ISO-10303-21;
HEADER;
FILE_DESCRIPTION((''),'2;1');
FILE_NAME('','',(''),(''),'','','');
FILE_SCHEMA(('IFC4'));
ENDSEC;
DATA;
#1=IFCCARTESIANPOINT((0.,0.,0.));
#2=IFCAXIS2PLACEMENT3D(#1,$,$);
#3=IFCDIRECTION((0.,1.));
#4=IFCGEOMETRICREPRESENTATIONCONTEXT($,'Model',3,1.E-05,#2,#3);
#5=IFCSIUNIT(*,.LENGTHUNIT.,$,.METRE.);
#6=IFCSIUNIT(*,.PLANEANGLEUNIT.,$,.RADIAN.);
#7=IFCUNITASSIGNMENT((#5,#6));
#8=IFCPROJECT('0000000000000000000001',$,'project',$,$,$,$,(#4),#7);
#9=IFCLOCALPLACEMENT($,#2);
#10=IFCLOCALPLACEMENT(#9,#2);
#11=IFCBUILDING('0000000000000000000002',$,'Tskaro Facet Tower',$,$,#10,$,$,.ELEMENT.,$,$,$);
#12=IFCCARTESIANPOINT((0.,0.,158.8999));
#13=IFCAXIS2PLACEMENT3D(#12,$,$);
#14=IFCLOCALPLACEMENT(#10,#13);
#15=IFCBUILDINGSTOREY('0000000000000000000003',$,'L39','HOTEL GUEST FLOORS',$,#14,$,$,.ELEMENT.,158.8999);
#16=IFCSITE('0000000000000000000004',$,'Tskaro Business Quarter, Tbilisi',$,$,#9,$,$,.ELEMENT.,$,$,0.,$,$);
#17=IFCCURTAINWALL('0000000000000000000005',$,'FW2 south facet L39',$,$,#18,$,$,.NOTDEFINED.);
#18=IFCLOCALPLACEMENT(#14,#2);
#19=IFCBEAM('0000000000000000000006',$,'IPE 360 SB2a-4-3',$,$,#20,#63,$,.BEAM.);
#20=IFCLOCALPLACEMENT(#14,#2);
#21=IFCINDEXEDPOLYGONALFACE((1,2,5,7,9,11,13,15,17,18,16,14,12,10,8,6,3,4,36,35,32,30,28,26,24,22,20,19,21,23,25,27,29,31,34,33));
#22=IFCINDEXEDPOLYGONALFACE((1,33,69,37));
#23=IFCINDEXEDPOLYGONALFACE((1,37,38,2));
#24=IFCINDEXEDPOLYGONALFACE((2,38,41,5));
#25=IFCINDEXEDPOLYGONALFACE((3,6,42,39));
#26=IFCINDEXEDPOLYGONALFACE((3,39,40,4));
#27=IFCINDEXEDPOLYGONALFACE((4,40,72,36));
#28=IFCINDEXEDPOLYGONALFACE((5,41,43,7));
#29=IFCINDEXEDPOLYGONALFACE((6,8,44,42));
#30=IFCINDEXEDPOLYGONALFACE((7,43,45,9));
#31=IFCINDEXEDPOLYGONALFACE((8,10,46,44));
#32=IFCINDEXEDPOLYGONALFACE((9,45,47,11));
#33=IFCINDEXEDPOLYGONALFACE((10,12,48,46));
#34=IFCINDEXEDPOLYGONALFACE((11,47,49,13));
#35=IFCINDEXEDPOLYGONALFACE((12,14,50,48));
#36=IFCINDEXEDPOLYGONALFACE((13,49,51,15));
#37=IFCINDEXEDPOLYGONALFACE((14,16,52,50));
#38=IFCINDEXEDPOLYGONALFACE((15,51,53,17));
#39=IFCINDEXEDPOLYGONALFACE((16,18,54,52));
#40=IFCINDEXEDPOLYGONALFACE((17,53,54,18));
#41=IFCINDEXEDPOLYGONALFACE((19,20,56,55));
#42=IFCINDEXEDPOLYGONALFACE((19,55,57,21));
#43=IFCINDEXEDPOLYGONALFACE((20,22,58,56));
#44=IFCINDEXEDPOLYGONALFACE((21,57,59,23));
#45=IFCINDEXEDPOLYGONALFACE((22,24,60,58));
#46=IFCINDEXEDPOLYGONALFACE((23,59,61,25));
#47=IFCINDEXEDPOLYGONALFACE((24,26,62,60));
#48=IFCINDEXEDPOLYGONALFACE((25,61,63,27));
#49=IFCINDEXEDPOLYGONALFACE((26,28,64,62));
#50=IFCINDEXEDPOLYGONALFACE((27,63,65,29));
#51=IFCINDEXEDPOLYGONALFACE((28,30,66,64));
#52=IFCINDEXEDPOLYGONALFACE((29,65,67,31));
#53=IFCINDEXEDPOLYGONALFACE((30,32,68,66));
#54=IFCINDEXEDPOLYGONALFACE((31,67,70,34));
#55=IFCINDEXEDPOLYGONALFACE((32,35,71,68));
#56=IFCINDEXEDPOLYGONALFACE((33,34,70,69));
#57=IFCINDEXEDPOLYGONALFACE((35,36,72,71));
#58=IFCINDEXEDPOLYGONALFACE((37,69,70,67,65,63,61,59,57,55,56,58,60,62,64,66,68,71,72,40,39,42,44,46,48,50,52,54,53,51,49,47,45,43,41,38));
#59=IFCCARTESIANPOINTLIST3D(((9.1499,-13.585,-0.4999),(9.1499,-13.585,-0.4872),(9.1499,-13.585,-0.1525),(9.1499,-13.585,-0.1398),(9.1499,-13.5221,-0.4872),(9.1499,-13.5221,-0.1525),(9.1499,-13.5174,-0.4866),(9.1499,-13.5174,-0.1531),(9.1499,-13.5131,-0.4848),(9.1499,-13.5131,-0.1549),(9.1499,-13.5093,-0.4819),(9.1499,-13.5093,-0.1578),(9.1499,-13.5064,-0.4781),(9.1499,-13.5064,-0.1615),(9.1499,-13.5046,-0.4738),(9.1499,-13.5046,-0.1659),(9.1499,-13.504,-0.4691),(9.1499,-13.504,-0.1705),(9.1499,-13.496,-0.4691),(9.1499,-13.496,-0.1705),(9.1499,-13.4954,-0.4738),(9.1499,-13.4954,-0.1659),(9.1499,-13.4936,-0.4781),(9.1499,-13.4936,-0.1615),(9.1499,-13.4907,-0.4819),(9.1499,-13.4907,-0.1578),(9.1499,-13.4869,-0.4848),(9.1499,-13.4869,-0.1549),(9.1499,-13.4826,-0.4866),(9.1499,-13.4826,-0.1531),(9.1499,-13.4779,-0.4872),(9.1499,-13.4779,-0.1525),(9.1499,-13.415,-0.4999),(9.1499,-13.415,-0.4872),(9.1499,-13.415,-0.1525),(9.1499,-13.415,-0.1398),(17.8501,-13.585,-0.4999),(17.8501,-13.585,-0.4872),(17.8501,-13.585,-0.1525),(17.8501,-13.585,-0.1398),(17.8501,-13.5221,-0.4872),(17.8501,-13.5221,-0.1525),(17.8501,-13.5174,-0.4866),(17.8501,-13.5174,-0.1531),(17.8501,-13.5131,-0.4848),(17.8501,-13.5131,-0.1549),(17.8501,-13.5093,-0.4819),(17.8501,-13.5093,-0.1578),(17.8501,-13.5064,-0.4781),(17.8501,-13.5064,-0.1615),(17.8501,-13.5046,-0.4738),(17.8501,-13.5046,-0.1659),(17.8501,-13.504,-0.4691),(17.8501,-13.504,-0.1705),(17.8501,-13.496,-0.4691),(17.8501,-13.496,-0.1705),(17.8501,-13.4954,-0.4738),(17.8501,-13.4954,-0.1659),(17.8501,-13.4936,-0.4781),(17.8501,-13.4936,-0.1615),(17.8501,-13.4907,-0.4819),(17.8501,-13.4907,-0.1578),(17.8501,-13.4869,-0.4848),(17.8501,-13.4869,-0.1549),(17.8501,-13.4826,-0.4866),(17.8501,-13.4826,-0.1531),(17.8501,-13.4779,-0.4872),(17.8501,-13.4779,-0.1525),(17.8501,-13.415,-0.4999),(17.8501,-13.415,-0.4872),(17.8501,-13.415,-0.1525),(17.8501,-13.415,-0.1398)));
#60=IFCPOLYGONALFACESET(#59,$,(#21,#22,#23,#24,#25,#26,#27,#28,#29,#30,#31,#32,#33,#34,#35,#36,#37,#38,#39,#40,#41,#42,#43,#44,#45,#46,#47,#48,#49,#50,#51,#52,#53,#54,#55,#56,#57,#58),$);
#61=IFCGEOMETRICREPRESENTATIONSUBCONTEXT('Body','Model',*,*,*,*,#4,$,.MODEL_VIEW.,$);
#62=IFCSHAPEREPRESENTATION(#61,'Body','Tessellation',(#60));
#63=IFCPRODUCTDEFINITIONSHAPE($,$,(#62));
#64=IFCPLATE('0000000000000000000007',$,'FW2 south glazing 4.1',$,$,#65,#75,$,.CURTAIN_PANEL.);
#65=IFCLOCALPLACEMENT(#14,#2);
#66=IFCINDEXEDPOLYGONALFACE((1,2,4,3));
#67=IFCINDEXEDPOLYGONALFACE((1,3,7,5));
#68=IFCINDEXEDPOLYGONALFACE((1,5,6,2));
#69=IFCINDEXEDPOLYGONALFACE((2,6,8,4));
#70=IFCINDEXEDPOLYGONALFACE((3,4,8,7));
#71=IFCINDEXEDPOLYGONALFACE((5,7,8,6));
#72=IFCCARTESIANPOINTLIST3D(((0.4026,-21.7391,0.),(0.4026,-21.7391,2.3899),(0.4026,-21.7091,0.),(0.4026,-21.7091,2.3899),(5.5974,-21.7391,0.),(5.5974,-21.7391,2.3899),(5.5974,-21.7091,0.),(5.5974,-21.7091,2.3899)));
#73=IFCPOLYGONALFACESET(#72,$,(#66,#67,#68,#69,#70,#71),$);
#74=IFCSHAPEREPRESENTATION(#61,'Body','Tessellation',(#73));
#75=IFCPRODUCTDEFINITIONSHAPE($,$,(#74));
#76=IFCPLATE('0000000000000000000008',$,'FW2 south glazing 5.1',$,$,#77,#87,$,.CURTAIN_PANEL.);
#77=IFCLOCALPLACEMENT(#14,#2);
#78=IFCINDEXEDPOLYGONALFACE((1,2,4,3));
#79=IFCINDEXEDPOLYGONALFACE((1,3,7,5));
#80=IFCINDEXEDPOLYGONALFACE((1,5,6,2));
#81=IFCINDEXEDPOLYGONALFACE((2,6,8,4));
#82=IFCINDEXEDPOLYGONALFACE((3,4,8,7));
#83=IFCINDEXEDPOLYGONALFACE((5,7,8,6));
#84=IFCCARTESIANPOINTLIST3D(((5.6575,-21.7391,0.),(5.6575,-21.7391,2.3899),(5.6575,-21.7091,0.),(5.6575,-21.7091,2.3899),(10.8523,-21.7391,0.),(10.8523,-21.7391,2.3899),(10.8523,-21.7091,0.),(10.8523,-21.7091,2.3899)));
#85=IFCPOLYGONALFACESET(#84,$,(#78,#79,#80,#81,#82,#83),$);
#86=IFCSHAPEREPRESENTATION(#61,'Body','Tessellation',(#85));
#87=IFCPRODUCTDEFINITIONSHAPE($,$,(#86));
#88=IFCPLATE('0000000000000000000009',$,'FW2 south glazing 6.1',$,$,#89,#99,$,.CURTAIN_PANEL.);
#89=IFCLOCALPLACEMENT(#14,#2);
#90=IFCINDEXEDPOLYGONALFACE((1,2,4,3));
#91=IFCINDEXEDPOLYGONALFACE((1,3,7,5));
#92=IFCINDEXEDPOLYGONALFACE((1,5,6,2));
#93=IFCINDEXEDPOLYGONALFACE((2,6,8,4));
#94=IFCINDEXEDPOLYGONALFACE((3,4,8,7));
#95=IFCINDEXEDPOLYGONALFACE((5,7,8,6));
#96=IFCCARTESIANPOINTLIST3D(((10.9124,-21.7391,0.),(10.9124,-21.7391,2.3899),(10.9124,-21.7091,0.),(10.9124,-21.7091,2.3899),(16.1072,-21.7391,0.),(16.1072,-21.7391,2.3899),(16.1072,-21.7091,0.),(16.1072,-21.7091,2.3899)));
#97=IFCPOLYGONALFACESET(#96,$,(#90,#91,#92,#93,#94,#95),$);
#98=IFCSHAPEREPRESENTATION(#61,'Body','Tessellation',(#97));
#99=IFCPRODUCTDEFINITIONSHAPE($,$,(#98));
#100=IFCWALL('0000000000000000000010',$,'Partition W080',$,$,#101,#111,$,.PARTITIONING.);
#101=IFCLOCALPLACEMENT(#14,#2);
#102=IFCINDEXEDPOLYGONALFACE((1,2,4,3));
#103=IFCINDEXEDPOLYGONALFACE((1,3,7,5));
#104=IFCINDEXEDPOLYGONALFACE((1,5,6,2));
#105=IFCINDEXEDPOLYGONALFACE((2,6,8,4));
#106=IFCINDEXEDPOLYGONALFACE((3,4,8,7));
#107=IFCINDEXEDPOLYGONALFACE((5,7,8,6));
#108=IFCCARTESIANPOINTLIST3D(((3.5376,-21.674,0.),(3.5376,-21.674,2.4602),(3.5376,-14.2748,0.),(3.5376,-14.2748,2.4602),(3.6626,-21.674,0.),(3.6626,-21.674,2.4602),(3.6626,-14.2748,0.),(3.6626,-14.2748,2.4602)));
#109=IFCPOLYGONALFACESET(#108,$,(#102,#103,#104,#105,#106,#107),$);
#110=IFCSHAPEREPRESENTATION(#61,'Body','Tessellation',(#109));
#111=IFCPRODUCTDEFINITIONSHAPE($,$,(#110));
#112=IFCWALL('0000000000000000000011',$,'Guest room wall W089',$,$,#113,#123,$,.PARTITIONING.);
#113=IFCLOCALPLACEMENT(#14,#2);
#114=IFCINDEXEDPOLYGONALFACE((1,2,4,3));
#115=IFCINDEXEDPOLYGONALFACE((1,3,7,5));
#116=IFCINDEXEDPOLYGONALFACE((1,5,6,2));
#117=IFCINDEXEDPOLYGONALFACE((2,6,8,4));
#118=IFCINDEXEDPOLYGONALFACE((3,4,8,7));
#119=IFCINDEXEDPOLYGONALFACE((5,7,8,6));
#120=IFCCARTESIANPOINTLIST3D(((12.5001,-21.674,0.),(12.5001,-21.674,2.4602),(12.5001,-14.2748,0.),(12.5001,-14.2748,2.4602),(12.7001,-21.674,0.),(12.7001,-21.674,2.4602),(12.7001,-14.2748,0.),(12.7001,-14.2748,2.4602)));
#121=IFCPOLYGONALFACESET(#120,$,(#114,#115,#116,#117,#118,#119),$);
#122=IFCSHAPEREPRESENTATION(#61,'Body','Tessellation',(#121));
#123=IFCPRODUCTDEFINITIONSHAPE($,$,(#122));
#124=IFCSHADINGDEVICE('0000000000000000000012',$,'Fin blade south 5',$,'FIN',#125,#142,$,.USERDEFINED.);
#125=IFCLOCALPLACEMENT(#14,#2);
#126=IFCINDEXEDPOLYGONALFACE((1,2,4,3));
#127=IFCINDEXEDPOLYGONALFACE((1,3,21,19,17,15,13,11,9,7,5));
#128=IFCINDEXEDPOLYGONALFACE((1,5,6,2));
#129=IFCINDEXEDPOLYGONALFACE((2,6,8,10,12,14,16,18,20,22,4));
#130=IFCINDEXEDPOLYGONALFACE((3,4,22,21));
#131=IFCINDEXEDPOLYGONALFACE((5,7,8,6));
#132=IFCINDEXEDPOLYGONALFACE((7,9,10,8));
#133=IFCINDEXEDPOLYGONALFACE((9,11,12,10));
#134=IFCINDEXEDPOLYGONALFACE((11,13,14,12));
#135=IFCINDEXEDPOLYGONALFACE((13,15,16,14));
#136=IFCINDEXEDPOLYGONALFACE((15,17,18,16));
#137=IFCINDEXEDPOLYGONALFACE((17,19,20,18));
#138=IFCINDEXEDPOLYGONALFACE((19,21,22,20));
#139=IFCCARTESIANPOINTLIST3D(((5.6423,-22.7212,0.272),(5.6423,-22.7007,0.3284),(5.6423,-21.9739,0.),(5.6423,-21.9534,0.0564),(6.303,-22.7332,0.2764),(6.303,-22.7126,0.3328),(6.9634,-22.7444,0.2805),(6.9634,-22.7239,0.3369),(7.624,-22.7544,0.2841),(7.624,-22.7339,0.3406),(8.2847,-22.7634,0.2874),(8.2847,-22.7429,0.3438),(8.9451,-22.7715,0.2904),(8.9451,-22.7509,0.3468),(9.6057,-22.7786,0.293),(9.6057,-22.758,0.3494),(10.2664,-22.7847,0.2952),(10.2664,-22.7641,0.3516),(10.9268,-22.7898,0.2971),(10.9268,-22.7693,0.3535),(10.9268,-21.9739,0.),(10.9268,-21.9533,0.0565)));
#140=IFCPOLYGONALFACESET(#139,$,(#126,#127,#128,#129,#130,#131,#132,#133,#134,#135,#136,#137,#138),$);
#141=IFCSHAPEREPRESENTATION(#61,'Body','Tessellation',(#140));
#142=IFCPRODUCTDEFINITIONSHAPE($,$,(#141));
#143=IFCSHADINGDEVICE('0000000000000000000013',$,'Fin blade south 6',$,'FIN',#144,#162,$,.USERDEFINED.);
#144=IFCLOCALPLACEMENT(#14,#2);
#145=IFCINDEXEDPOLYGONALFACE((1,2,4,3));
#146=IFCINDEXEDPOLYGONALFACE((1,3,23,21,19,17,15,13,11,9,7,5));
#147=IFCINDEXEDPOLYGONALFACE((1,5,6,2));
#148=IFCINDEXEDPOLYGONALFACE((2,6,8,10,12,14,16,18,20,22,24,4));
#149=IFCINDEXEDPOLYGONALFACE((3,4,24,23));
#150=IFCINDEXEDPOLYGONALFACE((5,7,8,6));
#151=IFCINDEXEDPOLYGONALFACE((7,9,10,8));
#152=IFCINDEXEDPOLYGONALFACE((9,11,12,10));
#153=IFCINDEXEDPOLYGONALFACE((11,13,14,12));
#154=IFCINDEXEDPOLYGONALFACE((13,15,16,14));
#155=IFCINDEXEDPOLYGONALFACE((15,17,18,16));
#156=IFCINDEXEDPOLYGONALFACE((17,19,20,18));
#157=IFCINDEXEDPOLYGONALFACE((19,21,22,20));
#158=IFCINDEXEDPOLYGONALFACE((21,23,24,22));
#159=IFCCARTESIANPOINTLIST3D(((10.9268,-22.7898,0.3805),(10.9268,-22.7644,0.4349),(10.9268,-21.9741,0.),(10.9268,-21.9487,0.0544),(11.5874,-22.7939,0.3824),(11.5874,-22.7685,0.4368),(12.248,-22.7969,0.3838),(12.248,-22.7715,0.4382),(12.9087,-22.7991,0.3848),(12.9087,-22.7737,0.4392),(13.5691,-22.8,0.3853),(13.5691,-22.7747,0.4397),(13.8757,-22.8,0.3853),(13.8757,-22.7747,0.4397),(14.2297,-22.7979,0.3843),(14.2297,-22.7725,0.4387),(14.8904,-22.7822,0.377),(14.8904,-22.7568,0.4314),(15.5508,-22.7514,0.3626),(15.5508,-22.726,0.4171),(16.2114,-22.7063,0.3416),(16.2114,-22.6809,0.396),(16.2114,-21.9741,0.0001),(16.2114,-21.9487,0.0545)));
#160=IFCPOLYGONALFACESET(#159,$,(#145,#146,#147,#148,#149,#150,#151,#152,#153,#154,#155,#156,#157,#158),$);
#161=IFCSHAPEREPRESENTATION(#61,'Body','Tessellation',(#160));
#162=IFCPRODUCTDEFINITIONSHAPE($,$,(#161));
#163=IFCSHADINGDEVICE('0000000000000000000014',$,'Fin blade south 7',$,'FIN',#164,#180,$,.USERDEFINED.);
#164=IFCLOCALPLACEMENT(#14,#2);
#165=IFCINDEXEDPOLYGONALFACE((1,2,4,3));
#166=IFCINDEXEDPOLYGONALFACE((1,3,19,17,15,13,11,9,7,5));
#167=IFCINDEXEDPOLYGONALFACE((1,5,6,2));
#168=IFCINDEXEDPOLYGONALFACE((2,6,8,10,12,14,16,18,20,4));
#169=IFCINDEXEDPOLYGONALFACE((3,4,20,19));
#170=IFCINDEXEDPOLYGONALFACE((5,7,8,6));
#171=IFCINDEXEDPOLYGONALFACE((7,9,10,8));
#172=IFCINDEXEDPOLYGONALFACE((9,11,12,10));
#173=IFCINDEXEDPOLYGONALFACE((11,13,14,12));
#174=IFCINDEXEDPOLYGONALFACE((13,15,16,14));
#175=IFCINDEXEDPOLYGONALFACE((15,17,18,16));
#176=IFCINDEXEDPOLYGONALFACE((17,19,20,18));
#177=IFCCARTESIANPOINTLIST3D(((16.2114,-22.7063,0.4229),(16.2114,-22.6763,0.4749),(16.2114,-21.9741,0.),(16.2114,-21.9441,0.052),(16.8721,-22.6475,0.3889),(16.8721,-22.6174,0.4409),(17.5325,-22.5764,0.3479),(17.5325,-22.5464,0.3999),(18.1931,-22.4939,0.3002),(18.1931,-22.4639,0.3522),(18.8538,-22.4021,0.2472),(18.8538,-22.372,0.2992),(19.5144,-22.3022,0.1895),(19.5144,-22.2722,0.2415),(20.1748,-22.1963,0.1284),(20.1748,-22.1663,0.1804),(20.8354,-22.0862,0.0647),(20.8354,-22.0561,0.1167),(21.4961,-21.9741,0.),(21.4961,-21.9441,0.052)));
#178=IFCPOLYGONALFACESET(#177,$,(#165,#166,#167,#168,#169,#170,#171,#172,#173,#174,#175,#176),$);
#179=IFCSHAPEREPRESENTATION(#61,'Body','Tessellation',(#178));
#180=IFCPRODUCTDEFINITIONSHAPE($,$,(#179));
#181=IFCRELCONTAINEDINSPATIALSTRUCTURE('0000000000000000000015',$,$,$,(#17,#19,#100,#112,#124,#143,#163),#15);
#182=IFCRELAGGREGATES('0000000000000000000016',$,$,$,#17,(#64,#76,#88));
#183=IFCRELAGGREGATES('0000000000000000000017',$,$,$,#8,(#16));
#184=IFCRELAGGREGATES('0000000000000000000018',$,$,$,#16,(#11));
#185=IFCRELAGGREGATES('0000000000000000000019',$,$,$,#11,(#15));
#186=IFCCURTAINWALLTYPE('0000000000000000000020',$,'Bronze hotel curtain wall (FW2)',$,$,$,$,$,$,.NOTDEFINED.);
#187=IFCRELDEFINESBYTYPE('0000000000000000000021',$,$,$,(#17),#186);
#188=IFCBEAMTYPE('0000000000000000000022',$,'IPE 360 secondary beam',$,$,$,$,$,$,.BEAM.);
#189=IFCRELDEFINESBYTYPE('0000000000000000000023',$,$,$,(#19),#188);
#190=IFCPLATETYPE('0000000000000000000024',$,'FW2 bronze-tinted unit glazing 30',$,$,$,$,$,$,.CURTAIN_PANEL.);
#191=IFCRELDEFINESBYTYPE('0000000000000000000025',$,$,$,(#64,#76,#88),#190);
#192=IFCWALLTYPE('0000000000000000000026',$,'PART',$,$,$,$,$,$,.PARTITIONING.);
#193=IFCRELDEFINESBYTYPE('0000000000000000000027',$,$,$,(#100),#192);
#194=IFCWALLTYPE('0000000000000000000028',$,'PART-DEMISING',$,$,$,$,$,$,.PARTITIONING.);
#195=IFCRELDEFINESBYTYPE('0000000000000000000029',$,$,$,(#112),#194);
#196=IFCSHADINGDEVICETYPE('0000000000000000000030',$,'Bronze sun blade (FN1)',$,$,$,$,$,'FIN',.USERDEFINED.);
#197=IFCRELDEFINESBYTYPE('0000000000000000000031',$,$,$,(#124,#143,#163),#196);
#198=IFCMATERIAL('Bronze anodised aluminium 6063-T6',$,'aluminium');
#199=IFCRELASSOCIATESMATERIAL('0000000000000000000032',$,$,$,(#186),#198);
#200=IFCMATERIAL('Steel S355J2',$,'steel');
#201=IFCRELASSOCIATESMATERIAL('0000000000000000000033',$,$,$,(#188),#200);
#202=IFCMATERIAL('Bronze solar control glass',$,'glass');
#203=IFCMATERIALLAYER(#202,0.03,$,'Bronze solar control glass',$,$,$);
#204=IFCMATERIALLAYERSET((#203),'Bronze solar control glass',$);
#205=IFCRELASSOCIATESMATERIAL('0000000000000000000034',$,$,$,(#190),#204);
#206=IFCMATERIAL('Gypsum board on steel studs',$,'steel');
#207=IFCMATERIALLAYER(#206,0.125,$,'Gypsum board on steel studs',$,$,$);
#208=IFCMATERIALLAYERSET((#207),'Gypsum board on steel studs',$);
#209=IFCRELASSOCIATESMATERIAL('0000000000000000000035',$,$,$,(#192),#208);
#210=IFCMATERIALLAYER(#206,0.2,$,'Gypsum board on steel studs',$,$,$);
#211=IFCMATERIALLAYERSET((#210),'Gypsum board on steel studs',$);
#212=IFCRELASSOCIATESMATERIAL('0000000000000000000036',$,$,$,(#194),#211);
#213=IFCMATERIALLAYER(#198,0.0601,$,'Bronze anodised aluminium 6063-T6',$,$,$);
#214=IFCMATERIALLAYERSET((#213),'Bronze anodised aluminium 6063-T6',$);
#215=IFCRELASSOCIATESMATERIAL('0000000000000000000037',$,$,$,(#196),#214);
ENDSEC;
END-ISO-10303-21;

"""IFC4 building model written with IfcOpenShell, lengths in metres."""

from ifc_helpers import new_model, si_unit, direction, frame, frame_2d, origin, origin_2d, place, context, subcontext, project, spatial, polyline, rectangle, i_section, outline, extrude, material, layer, layer_set, material_profile, profile_set, type_object, element, aggregate, save


model = new_model("IFC4")

# Units and contexts
model_context = context("Model", 3, precision=1e-05, world=origin(), true_north=direction((0.0, 1.0)))
body_context = subcontext(model_context, "Body", "Model", "MODEL_VIEW")
ifc_project = project(units=[si_unit("LENGTHUNIT", "METRE"), si_unit("PLANEANGLEUNIT", "RADIAN")], contexts=[model_context])

# Site, building, storey
site_placement = place(None, origin())
site = spatial("IfcSite", under=ifc_project, at=site_placement, Name="Tskaro Business Quarter, Tbilisi", CompositionType="ELEMENT", RefElevation=0.0)
building_placement = place(site_placement, origin())
building = spatial("IfcBuilding", under=site, at=building_placement, Name="Tskaro Facet Tower", CompositionType="ELEMENT")
storey_placement = place(building_placement, frame((0.0, 0.0, 158.8999)))
storey = spatial("IfcBuildingStorey", under=building, at=storey_placement, Name="L39", Description="HOTEL GUEST FLOORS", CompositionType="ELEMENT", Elevation=158.8999)

# Curtain wall
ifc_material_1 = material(Name="Bronze anodised aluminium 6063-T6", Category="aluminium")
curtain_wall_type = type_object("IfcCurtainWallType", Name="Bronze hotel curtain wall (FW2)", PredefinedType="NOTDEFINED", material=ifc_material_1)
curtain_wall_placement = place(storey_placement, origin())
curtain_wall = element("IfcCurtainWall", 1, at=curtain_wall_placement, inside=storey, type_object=curtain_wall_type, Name="FW2 south facet L39", PredefinedType="NOTDEFINED")

# Beam
ifc_material_2 = material(Name="Steel S355J2", Category="steel")
ifc_material_profile_1 = material_profile(ifc_material_2, i_section(OverallWidth=0.1699, OverallDepth=0.3601, WebThickness=0.0081, FlangeThickness=0.0127, FilletRadius=0.0181, at=origin_2d()), Name="IPE 360")
ifc_profile_set_1 = profile_set([ifc_material_profile_1], Name="Steel S355J2")
beam_type_1 = type_object("IfcBeamType", Name="IPE 360 secondary beam", PredefinedType="BEAM", material=ifc_profile_set_1)
beam_1_placement = place(storey_placement, frame((9.1499, -13.5, -0.3198), z_axis=(1.0, 0.0, 0.0), x_axis=(0.0, 1.0, 0.0)))
element("IfcBeam", 2, at=beam_1_placement, inside=storey, type_object=beam_type_1, Name="IPE 360 SB2a-4-3", PredefinedType="BEAM", context=body_context, shape_type="SweptSolid", body=[
    extrude(i_section(OverallWidth=0.1699, OverallDepth=0.3601, WebThickness=0.0081, FlangeThickness=0.0127, FilletRadius=0.0181, at=origin_2d()), origin(), (0.0, 0.0, 1.0), 8.7002),
])

# Plates
ifc_material_3 = material(Name="Bronze solar control glass", Category="glass")
ifc_layer_1 = layer(ifc_material_3, 0.03, Name="Bronze solar control glass")
ifc_layer_set_1 = layer_set([ifc_layer_1], Name="Bronze solar control glass")
plate_type = type_object("IfcPlateType", Name="FW2 bronze-tinted unit glazing 30", PredefinedType="CURTAIN_PANEL", material=ifc_layer_set_1)
plate_1_placement = place(storey_placement, frame((3.0, -21.7241, 0.0), z_axis=(0.0, 0.0, 1.0), x_axis=(1.0, 0.0, 0.0)))
plate_1 = element("IfcPlate", 3, at=plate_1_placement, type_object=plate_type, Name="FW2 south glazing 4.1", PredefinedType="CURTAIN_PANEL", context=body_context, shape_type="SweptSolid", body=[
    extrude(rectangle(XDim=5.1948, YDim=0.03, at=origin_2d()), origin(), (0.0, 0.0, 1.0), 2.3899),
])
plate_2_placement = place(storey_placement, frame((8.2549, -21.7241, 0.0), z_axis=(0.0, 0.0, 1.0), x_axis=(1.0, 0.0, 0.0)))
plate_2 = element("IfcPlate", 4, at=plate_2_placement, type_object=plate_type, Name="FW2 south glazing 5.1", PredefinedType="CURTAIN_PANEL", context=body_context, shape_type="SweptSolid", body=[
    extrude(rectangle(XDim=5.1948, YDim=0.03, at=origin_2d()), origin(), (0.0, 0.0, 1.0), 2.3899),
])
plate_3_placement = place(storey_placement, frame((13.5098, -21.7241, 0.0), z_axis=(0.0, 0.0, 1.0), x_axis=(1.0, 0.0, 0.0)))
plate_3 = element("IfcPlate", 5, at=plate_3_placement, type_object=plate_type, Name="FW2 south glazing 6.1", PredefinedType="CURTAIN_PANEL", context=body_context, shape_type="SweptSolid", body=[
    extrude(rectangle(XDim=5.1948, YDim=0.03, at=origin_2d()), origin(), (0.0, 0.0, 1.0), 2.3899),
])
aggregate(curtain_wall, [plate_1, plate_2, plate_3])

# Walls
ifc_material_4 = material(Name="Gypsum board on steel studs", Category="steel")
ifc_layer_2 = layer(ifc_material_4, 0.125, Name="Gypsum board on steel studs")
ifc_layer_set_2 = layer_set([ifc_layer_2], Name="Gypsum board on steel studs")
wall_type_1 = type_object("IfcWallType", Name="PART", PredefinedType="PARTITIONING", material=ifc_layer_set_2)
wall_1_placement = place(storey_placement, frame((3.6001, -21.6741, 0.0), z_axis=(0.0, 0.0, 1.0), x_axis=(0.0, 1.0, 0.0)))
element("IfcWall", 6, at=wall_1_placement, inside=storey, type_object=wall_type_1, Name="Partition W080", PredefinedType="PARTITIONING", context=body_context, shape_type="SweptSolid", body=[
    extrude(rectangle(XDim=7.3992, YDim=0.125, at=frame_2d((3.6997, 0.0))), origin(), (0.0, 0.0, 1.0), 2.4602),
])
ifc_layer_3 = layer(ifc_material_4, 0.2, Name="Gypsum board on steel studs")
ifc_layer_set_3 = layer_set([ifc_layer_3], Name="Gypsum board on steel studs")
wall_type_2 = type_object("IfcWallType", Name="PART-DEMISING", PredefinedType="PARTITIONING", material=ifc_layer_set_3)
wall_2_placement = place(storey_placement, frame((12.6001, -21.6741, 0.0), z_axis=(0.0, 0.0, 1.0), x_axis=(0.0, 1.0, 0.0)))
element("IfcWall", 7, at=wall_2_placement, inside=storey, type_object=wall_type_2, Name="Guest room wall W089", PredefinedType="PARTITIONING", context=body_context, shape_type="SweptSolid", body=[
    extrude(rectangle(XDim=7.3992, YDim=0.2, at=frame_2d((3.6997, 0.0))), origin(), (0.0, 0.0, 1.0), 2.4602),
])

# Shading devices
ifc_layer_4 = layer(ifc_material_1, 0.0601, Name="Bronze anodised aluminium 6063-T6")
ifc_layer_set_4 = layer_set([ifc_layer_4], Name="Bronze anodised aluminium 6063-T6")
shading_device_type = type_object("IfcShadingDeviceType", Name="Bronze sun blade (FN1)", ElementType="FIN", PredefinedType="USERDEFINED", material=ifc_layer_set_4)
shading_device_1_placement = place(storey_placement, frame((5.6423, -21.9534, 0.0564), z_axis=(-0.000015, 0.342066, 0.939676), x_axis=(1.0, 0.000005, 0.000015)))
element("IfcShadingDevice", 8, at=shading_device_1_placement, inside=storey, type_object=shading_device_type, Name="Fin blade south 5", ObjectType="FIN", PredefinedType="USERDEFINED", context=body_context, shape_type="SweptSolid", body=[
    extrude(outline(polyline([(0.0, 0.0), (5.2844, 0.0), (5.2844, -0.8683), (4.624, -0.8628), (3.9634, -0.8564), (3.3027, -0.8488), (2.6423, -0.8402), (1.9817, -0.8306), (1.321, -0.82), (0.6606, -0.808), (0.0, -0.7953), (0.0, 0.0)])), origin(), (0.0, 0.0, -1.0), 0.0601),
])
shading_device_2_placement = place(storey_placement, frame((10.9268, -21.9487, 0.0544), z_axis=(-0.000011, 0.422709, 0.906265), x_axis=(1.0, 0.000005, 0.00001)))
element("IfcShadingDevice", 9, at=shading_device_2_placement, inside=storey, type_object=shading_device_type, Name="Fin blade south 6", ObjectType="FIN", PredefinedType="USERDEFINED", context=body_context, shape_type="SweptSolid", body=[
    extrude(outline(polyline([(0.0, 0.0), (5.2847, 0.0), (5.2847, -0.8079), (4.624, -0.8577), (3.9636, -0.8917), (3.303, -0.909), (2.949, -0.9114), (2.6423, -0.9114), (1.9819, -0.9103), (1.3213, -0.9079), (0.6606, -0.9046), (0.0, -0.9), (0.0, 0.0)])), origin(), (0.0, 0.0, -1.0), 0.0601),
])
shading_device_3_placement = place(storey_placement, frame((16.2114, -21.9441, 0.052), z_axis=(-0.000005, 0.500145, 0.865941), x_axis=(1.0, 0.000002, 0.000004)))
element("IfcShadingDevice", 10, at=shading_device_3_placement, inside=storey, type_object=shading_device_type, Name="Fin blade south 7", ObjectType="FIN", PredefinedType="USERDEFINED", context=body_context, shape_type="SweptSolid", body=[
    extrude(outline(polyline([(0.0, 0.0), (5.2847, 0.0), (4.624, -0.1294), (3.9634, -0.2566), (3.303, -0.3789), (2.6423, -0.4942), (1.9817, -0.6003), (1.321, -0.6956), (0.6606, -0.7776), (0.0, -0.8455), (0.0, 0.0)])), origin(), (0.0, 0.0, -1.0), 0.0601),
])

save(model, "model.ifc")
